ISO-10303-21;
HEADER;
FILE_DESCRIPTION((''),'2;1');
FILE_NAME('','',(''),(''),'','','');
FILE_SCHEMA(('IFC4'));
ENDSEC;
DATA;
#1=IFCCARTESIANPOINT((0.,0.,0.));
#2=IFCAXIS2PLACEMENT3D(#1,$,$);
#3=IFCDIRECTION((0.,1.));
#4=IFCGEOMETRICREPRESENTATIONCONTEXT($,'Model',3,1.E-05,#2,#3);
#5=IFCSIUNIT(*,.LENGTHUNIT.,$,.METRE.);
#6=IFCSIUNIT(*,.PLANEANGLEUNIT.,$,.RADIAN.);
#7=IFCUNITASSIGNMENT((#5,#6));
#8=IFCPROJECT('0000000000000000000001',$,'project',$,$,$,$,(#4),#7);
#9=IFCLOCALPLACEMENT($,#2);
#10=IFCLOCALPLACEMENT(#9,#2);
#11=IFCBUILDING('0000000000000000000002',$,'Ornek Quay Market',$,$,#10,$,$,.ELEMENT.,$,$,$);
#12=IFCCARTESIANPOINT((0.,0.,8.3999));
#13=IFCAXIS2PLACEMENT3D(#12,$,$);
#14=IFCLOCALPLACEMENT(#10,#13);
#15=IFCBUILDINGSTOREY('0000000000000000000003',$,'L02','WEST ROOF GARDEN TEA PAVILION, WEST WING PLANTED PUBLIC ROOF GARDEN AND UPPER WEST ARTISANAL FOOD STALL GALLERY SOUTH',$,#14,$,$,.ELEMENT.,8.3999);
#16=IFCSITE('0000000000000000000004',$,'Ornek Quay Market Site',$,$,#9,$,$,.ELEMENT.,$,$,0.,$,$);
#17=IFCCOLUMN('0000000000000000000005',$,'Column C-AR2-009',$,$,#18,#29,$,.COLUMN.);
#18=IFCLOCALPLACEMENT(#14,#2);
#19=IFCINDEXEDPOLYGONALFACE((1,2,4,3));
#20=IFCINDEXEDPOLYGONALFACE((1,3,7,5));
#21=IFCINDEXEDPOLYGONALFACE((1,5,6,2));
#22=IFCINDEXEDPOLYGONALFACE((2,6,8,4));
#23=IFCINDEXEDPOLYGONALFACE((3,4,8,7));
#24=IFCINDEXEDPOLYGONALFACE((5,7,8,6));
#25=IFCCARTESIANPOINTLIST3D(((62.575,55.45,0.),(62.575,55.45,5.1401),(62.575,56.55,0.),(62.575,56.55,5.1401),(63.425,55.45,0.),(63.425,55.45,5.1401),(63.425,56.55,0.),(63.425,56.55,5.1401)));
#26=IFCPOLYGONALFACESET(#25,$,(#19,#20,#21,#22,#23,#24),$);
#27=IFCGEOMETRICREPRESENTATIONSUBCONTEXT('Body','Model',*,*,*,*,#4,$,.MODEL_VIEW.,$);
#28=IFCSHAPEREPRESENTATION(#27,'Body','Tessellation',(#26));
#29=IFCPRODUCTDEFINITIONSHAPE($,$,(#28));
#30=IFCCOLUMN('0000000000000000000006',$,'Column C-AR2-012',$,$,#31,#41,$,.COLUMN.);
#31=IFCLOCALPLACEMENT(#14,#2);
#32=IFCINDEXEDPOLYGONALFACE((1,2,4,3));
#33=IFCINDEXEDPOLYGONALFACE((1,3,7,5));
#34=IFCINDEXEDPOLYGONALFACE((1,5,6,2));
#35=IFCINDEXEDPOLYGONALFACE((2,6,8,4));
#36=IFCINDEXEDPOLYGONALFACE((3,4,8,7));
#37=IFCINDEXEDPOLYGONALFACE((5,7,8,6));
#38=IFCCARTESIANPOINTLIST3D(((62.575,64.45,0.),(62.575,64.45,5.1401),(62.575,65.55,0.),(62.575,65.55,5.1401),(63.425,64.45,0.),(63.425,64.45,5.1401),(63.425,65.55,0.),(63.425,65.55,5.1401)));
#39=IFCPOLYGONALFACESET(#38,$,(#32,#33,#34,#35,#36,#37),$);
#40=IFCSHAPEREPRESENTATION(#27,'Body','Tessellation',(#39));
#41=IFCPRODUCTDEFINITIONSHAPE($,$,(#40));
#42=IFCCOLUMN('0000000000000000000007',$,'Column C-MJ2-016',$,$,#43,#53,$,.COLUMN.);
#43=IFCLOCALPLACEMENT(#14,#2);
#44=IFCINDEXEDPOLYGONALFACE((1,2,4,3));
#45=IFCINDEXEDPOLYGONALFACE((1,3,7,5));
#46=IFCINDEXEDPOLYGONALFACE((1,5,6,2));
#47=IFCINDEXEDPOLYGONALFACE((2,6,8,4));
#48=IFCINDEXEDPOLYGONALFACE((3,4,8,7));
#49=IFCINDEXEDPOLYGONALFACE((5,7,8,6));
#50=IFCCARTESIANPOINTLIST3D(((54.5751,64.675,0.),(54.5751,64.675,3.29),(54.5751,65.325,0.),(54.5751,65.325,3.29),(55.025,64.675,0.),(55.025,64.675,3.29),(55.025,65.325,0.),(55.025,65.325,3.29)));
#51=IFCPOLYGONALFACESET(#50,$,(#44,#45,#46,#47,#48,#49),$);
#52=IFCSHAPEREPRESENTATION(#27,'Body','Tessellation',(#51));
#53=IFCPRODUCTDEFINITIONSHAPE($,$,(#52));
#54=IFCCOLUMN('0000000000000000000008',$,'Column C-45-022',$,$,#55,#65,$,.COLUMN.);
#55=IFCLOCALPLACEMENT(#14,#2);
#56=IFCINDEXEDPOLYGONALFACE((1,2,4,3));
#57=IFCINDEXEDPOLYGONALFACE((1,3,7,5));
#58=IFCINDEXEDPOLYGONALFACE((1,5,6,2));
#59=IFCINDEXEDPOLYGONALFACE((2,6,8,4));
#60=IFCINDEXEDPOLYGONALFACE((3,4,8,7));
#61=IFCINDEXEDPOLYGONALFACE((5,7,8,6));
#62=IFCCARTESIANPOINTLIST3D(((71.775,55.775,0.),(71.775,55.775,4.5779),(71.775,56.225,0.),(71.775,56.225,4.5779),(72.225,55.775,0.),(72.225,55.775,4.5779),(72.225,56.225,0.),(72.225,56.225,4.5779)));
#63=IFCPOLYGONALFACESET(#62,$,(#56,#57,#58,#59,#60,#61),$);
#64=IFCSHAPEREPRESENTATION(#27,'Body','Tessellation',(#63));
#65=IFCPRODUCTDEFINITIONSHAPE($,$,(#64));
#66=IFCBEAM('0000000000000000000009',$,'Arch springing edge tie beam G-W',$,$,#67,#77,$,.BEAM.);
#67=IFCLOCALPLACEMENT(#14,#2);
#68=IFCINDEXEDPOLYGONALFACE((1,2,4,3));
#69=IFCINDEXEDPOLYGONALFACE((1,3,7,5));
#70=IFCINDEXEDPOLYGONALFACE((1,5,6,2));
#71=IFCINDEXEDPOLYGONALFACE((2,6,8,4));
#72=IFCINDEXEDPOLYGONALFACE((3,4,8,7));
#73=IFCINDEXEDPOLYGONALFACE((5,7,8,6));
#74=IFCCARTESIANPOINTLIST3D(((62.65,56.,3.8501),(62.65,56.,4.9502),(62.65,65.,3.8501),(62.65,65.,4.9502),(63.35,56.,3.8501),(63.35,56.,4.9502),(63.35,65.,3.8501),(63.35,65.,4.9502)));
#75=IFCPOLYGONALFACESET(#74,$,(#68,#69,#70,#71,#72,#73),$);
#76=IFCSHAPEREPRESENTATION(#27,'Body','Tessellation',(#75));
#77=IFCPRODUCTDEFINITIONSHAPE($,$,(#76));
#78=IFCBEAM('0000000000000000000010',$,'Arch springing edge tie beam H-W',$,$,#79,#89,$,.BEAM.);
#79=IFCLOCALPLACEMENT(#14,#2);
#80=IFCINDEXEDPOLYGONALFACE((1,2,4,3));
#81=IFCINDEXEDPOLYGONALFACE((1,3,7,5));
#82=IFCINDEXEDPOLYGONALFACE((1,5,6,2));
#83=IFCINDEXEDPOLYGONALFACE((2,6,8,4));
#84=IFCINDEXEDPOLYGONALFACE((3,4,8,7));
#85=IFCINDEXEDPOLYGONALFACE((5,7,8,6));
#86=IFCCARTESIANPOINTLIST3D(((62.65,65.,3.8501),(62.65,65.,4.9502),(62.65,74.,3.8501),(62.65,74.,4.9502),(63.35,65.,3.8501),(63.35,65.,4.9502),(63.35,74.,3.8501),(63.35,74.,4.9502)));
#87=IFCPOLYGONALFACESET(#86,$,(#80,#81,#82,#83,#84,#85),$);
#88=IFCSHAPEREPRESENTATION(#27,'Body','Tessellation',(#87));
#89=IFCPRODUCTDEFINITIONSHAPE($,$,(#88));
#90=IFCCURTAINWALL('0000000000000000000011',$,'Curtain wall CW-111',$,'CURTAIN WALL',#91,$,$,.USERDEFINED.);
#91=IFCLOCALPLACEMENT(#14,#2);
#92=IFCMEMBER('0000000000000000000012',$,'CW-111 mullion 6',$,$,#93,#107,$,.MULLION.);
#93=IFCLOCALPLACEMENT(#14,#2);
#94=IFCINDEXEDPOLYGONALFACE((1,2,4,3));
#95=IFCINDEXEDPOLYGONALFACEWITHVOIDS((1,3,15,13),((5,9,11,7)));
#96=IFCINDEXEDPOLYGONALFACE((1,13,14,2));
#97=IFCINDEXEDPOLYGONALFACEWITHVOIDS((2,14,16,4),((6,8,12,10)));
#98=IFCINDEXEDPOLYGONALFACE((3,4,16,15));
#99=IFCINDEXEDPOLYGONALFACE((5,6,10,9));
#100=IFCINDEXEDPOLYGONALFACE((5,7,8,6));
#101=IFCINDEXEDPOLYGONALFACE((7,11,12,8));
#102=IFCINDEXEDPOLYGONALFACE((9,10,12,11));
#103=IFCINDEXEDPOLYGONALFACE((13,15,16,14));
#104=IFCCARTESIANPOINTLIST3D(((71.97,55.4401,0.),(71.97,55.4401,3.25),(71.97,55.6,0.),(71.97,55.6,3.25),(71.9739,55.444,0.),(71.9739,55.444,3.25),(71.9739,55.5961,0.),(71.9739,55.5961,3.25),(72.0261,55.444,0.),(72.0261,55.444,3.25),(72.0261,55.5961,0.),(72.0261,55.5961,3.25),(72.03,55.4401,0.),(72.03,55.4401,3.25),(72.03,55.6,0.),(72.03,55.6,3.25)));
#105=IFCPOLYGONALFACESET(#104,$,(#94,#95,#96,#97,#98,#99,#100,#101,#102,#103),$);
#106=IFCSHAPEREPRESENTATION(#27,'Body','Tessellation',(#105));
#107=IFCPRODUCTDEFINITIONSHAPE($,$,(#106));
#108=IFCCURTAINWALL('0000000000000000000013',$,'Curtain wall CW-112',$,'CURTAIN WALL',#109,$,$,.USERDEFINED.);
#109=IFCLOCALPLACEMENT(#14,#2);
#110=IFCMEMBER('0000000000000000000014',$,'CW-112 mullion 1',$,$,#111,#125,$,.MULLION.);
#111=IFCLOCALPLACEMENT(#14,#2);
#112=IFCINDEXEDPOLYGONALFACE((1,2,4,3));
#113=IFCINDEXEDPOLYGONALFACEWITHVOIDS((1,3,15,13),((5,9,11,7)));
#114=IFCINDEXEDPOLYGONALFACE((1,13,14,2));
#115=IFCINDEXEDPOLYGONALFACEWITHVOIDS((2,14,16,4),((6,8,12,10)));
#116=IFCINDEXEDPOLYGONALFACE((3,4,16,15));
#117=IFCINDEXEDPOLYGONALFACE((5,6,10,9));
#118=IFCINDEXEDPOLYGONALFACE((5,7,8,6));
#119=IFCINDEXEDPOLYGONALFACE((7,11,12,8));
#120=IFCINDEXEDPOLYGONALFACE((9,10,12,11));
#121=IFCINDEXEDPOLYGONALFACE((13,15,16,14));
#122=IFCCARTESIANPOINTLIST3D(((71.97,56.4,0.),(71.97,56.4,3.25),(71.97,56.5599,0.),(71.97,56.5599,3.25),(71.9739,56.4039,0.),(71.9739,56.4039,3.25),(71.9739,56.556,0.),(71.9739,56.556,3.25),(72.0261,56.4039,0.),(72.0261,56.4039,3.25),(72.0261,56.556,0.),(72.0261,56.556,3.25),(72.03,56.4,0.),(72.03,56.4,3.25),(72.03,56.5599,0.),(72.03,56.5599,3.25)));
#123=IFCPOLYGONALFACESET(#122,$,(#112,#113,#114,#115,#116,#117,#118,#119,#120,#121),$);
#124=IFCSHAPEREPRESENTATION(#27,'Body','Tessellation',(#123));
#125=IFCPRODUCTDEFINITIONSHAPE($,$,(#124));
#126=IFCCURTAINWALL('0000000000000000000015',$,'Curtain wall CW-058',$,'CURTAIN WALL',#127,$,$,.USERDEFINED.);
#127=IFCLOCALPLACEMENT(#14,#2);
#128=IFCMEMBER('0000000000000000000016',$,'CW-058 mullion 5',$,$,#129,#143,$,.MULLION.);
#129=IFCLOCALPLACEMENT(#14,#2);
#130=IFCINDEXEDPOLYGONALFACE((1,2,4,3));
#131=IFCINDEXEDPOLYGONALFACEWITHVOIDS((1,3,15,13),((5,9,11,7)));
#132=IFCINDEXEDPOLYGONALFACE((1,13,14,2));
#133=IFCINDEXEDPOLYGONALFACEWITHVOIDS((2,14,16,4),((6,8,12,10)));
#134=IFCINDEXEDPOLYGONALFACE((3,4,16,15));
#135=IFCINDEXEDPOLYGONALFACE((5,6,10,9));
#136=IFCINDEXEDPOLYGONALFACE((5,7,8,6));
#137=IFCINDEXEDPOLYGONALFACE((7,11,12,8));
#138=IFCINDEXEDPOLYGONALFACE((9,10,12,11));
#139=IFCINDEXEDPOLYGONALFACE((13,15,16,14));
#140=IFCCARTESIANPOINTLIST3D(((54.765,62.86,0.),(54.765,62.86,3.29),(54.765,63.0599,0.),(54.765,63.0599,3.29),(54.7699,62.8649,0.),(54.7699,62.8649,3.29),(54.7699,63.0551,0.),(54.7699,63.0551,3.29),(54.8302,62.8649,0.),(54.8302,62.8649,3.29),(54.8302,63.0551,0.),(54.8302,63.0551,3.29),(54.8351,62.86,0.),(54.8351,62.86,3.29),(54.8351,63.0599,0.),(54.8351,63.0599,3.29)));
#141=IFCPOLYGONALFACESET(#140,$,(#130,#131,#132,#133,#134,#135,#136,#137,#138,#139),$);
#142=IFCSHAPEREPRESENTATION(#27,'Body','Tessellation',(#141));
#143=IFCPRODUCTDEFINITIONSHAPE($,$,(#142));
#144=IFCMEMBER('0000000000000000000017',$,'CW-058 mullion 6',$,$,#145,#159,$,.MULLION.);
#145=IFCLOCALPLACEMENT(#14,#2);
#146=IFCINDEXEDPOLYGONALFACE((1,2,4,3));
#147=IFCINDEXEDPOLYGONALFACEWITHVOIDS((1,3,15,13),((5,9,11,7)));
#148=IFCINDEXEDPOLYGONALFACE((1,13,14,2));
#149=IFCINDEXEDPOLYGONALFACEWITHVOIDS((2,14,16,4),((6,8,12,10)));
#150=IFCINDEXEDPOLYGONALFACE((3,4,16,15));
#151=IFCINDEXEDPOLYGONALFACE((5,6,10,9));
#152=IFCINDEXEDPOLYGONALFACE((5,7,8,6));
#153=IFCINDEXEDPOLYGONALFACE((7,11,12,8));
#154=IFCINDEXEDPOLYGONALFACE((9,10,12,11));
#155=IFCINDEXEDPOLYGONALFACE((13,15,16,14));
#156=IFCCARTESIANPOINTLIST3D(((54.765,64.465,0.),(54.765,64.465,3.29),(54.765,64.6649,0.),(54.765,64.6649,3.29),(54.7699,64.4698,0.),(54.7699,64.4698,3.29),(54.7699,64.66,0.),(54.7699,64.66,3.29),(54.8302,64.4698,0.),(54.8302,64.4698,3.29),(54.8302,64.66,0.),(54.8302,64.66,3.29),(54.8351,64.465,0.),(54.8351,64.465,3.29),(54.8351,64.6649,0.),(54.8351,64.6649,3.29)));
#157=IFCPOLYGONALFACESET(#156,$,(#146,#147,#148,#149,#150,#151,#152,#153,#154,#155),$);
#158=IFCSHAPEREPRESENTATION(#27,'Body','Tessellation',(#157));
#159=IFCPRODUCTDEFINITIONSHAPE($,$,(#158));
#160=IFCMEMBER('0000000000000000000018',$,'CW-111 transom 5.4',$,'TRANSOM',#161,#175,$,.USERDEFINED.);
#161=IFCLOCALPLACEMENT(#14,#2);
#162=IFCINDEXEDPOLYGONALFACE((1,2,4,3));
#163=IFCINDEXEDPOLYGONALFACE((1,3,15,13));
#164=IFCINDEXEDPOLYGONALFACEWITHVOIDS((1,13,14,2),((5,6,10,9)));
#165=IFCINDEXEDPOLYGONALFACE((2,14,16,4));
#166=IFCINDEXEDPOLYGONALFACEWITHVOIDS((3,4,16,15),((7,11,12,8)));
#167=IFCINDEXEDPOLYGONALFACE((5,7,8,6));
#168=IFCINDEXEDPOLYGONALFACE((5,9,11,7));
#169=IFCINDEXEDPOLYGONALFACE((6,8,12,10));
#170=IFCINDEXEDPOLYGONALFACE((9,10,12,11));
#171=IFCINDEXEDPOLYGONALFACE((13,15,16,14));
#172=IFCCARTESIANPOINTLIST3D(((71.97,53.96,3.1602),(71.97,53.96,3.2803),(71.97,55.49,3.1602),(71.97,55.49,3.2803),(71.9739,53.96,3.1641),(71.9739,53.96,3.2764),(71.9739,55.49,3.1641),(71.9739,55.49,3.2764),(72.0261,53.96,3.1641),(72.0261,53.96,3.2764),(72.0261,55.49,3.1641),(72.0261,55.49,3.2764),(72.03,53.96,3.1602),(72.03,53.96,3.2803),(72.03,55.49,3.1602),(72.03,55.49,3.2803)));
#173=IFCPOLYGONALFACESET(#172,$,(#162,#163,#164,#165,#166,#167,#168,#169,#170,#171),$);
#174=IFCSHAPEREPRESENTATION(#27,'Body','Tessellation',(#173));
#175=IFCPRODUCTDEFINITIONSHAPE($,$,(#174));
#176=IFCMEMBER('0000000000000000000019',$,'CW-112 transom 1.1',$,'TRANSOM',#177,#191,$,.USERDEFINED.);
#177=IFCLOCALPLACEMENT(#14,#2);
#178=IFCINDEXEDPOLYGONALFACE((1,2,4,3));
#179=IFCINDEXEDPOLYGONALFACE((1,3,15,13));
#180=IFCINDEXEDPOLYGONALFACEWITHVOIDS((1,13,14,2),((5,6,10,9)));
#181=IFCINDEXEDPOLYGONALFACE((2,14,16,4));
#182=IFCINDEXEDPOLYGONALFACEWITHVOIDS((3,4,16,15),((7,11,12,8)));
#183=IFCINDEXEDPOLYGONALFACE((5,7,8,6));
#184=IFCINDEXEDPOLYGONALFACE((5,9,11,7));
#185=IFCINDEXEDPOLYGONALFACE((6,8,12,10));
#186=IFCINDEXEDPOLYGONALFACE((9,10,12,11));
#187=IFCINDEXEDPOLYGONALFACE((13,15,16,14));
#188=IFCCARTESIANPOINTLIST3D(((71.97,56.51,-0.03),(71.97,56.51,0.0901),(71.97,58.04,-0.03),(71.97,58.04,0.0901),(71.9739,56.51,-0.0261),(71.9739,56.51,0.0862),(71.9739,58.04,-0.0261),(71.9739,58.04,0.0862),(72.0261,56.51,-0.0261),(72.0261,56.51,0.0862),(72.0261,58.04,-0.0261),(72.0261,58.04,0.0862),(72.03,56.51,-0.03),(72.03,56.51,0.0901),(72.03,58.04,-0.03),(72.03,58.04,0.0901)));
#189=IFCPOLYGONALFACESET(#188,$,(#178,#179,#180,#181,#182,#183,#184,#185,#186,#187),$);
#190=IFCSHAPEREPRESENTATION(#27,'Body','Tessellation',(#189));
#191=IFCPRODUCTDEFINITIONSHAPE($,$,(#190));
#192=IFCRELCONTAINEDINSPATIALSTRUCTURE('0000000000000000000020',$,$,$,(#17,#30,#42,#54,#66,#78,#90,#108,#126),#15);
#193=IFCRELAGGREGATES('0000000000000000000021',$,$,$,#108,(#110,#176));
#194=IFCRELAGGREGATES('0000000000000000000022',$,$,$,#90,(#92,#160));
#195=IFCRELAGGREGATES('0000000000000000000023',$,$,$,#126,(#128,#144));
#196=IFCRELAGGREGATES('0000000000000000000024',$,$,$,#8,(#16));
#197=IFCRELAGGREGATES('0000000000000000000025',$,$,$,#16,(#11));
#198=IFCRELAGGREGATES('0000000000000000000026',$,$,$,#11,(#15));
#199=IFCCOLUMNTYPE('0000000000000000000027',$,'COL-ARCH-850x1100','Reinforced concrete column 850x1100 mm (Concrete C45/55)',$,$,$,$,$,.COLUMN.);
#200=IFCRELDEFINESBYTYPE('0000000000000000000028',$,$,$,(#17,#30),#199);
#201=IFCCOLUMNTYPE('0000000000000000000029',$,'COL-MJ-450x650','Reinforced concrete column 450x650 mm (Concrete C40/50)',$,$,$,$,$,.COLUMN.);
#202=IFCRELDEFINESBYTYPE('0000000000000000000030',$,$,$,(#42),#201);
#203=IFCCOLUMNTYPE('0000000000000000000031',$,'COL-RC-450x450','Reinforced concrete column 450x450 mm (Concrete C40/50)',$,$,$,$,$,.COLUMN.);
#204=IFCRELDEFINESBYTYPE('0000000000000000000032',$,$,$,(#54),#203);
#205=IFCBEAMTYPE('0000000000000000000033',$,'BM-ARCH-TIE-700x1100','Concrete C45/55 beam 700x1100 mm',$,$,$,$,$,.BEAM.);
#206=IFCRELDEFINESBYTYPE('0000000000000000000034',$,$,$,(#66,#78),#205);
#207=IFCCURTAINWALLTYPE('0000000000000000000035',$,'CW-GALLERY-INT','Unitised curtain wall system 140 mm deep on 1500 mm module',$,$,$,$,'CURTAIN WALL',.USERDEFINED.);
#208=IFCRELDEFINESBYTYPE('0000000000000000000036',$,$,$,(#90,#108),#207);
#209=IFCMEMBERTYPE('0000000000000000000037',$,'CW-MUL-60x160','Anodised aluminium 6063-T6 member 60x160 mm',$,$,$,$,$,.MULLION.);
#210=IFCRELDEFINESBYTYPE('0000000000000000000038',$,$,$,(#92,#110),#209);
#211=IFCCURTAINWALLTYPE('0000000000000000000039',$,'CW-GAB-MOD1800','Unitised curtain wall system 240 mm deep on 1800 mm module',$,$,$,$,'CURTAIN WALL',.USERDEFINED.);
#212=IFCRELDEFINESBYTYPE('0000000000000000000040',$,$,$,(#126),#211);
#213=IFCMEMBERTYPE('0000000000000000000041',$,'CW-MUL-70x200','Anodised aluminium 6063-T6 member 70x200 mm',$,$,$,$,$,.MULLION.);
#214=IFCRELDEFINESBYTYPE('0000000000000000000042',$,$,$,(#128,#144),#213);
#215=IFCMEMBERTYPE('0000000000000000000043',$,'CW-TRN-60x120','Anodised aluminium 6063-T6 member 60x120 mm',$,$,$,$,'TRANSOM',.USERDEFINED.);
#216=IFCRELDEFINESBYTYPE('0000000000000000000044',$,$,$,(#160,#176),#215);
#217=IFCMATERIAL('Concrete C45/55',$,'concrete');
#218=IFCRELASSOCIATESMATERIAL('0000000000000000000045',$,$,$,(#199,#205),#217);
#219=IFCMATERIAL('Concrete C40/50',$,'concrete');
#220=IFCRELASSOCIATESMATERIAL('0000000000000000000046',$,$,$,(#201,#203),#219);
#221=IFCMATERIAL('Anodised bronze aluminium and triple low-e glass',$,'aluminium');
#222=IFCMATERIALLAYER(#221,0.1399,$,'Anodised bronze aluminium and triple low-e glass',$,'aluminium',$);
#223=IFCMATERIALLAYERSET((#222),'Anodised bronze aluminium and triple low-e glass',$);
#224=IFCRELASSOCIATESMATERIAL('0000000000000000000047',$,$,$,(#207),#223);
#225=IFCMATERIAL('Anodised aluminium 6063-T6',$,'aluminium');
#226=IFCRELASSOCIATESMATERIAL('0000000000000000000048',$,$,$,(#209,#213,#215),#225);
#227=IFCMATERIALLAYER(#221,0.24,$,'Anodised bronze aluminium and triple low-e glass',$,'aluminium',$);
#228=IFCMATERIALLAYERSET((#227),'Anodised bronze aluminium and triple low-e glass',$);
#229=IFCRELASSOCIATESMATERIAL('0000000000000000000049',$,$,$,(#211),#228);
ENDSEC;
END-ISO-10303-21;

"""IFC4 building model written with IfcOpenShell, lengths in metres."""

from ifc_helpers import new_model, si_unit, direction, frame, origin, origin_2d, place, context, subcontext, project, spatial, rectangle, hollow_rectangle, extrude, material, layer, layer_set, material_profile, profile_set, type_object, element, aggregate, save


model = new_model("IFC4")

# Units and contexts
model_context = context("Model", 3, precision=1e-05, world=origin(), true_north=direction((0.0, 1.0)))
body_context = subcontext(model_context, "Body", "Model", "MODEL_VIEW")
ifc_project = project(units=[si_unit("LENGTHUNIT", "METRE"), si_unit("PLANEANGLEUNIT", "RADIAN")], contexts=[model_context])

# Site, building, storey
site_placement = place(None, origin())
site = spatial("IfcSite", under=ifc_project, at=site_placement, Name="Ornek Quay Market Site", CompositionType="ELEMENT", RefElevation=0.0)
building_placement = place(site_placement, origin())
building = spatial("IfcBuilding", under=site, at=building_placement, Name="Ornek Quay Market", CompositionType="ELEMENT")
storey_placement = place(building_placement, frame((0.0, 0.0, 8.3999)))
storey = spatial("IfcBuildingStorey", under=building, at=storey_placement, Name="L02", Description="WEST ROOF GARDEN TEA PAVILION, WEST WING PLANTED PUBLIC ROOF GARDEN AND UPPER WEST ARTISANAL FOOD STALL GALLERY SOUTH", CompositionType="ELEMENT", Elevation=8.3999)

# Columns
ifc_material_1 = material(Name="Concrete C45/55", Category="concrete")
ifc_material_profile_1 = material_profile(ifc_material_1, rectangle(XDim=0.8501, YDim=1.1001, at=origin_2d()), Name="RC 850x1100", Category="concrete")
ifc_profile_set_1 = profile_set([ifc_material_profile_1], Name="Concrete C45/55")
column_type_1 = type_object("IfcColumnType", Name="COL-ARCH-850x1100", Description="Reinforced concrete column 850x1100 mm (Concrete C45/55)", PredefinedType="COLUMN", material=ifc_profile_set_1)
for number, where, z_axis, x_axis, name in (
    (1, (63.0, 56.0, 0.0), (0.0, 0.0, 1.0), (1.0, 0.0, 0.0), "Column C-AR2-009"),
    (2, (63.0, 65.0, 0.0), (0.0, 0.0, 1.0), (1.0, 0.0, 0.0), "Column C-AR2-012"),
):
    element("IfcColumn", number, at=place(storey_placement, frame(where, z_axis=z_axis, x_axis=x_axis)), inside=storey, type_object=column_type_1, Name=name, PredefinedType="COLUMN", context=body_context, shape_type="SweptSolid", body=[
        extrude(rectangle(XDim=0.8501, YDim=1.1001, at=origin_2d()), origin(), (0.0, 0.0, 1.0), 5.1401),
    ])
ifc_material_2 = material(Name="Concrete C40/50", Category="concrete")
ifc_material_profile_2 = material_profile(ifc_material_2, rectangle(XDim=0.45, YDim=0.6499, at=origin_2d()), Name="RC 450x650", Category="concrete")
ifc_profile_set_2 = profile_set([ifc_material_profile_2], Name="Concrete C40/50")
column_type_2 = type_object("IfcColumnType", Name="COL-MJ-450x650", Description="Reinforced concrete column 450x650 mm (Concrete C40/50)", PredefinedType="COLUMN", material=ifc_profile_set_2)
column_1_placement = place(storey_placement, frame((54.8, 65.0, 0.0), z_axis=(0.0, 0.0, 1.0), x_axis=(1.0, 0.0, 0.0)))
element("IfcColumn", 3, at=column_1_placement, inside=storey, type_object=column_type_2, Name="Column C-MJ2-016", PredefinedType="COLUMN", context=body_context, shape_type="SweptSolid", body=[
    extrude(rectangle(XDim=0.45, YDim=0.6499, at=origin_2d()), origin(), (0.0, 0.0, 1.0), 3.29),
])
ifc_material_profile_3 = material_profile(ifc_material_2, rectangle(XDim=0.45, YDim=0.45, at=origin_2d()), Name="RC 450x450", Category="concrete")
ifc_profile_set_3 = profile_set([ifc_material_profile_3], Name="Concrete C40/50")
column_type_3 = type_object("IfcColumnType", Name="COL-RC-450x450", Description="Reinforced concrete column 450x450 mm (Concrete C40/50)", PredefinedType="COLUMN", material=ifc_profile_set_3)
column_2_placement = place(storey_placement, frame((72.0, 56.0, 0.0), z_axis=(0.0, 0.0, 1.0), x_axis=(1.0, 0.0, 0.0)))
element("IfcColumn", 4, at=column_2_placement, inside=storey, type_object=column_type_3, Name="Column C-45-022", PredefinedType="COLUMN", context=body_context, shape_type="SweptSolid", body=[
    extrude(rectangle(XDim=0.45, YDim=0.45, at=origin_2d()), origin(), (0.0, 0.0, 1.0), 4.5779),
])

# Beams
ifc_material_profile_4 = material_profile(ifc_material_1, rectangle(XDim=0.7, YDim=1.1001, at=origin_2d()), Name="RC 700x1100", Category="concrete")
ifc_profile_set_4 = profile_set([ifc_material_profile_4], Name="Concrete C45/55")
beam_type = type_object("IfcBeamType", Name="BM-ARCH-TIE-700x1100", Description="Concrete C45/55 beam 700x1100 mm", PredefinedType="BEAM", material=ifc_profile_set_4)
for number, where, z_axis, x_axis, name in (
    (5, (63.0, 56.0, 4.4001), (0.0, 1.0, 0.0), (-1.0, 0.0, 0.0), "Arch springing edge tie beam G-W"),
    (6, (63.0, 65.0, 4.4001), (0.0, 1.0, 0.0), (-1.0, 0.0, 0.0), "Arch springing edge tie beam H-W"),
):
    element("IfcBeam", number, at=place(storey_placement, frame(where, z_axis=z_axis, x_axis=x_axis)), inside=storey, type_object=beam_type, Name=name, PredefinedType="BEAM", context=body_context, shape_type="SweptSolid", body=[
        extrude(rectangle(XDim=0.7, YDim=1.1001, at=origin_2d()), origin(), (0.0, 0.0, 1.0), 9.0),
    ])

# Curtain walls, members
ifc_material_3 = material(Name="Anodised bronze aluminium and triple low-e glass", Category="aluminium")
ifc_layer_1 = layer(ifc_material_3, 0.1399, Name="Anodised bronze aluminium and triple low-e glass", Category="aluminium")
ifc_layer_set_1 = layer_set([ifc_layer_1], Name="Anodised bronze aluminium and triple low-e glass")
curtain_wall_type_1 = type_object("IfcCurtainWallType", Name="CW-GALLERY-INT", Description="Unitised curtain wall system 140 mm deep on 1500 mm module", ElementType="CURTAIN WALL", PredefinedType="USERDEFINED", material=ifc_layer_set_1)
curtain_wall_1_placement = place(storey_placement, origin())
curtain_wall_1 = element("IfcCurtainWall", 7, at=curtain_wall_1_placement, inside=storey, type_object=curtain_wall_type_1, Name="Curtain wall CW-111", ObjectType="CURTAIN WALL", PredefinedType="USERDEFINED")
ifc_material_4 = material(Name="Anodised aluminium 6063-T6", Category="aluminium")
ifc_material_profile_5 = material_profile(ifc_material_4, hollow_rectangle(XDim=0.0601, YDim=0.1599, WallThickness=0.0039, at=origin_2d()), Name="CW-MUL-60x160", Category="aluminium")
ifc_profile_set_5 = profile_set([ifc_material_profile_5], Name="Anodised aluminium 6063-T6")
member_type_1 = type_object("IfcMemberType", Name="CW-MUL-60x160", Description="Anodised aluminium 6063-T6 member 60x160 mm", PredefinedType="MULLION", material=ifc_profile_set_5)
member_1_placement = place(storey_placement, frame((72.0, 55.52, 0.0), z_axis=(0.0, 0.0, 1.0), x_axis=(-1.0, 0.0, 0.0)))
member_1 = element("IfcMember", 8, at=member_1_placement, type_object=member_type_1, Name="CW-111 mullion 6", PredefinedType="MULLION", context=body_context, shape_type="SweptSolid", body=[
    extrude(hollow_rectangle(XDim=0.0601, YDim=0.1599, WallThickness=0.0039, at=origin_2d()), origin(), (0.0, 0.0, 1.0), 3.25),
])
curtain_wall_2_placement = place(storey_placement, origin())
curtain_wall_2 = element("IfcCurtainWall", 9, at=curtain_wall_2_placement, inside=storey, type_object=curtain_wall_type_1, Name="Curtain wall CW-112", ObjectType="CURTAIN WALL", PredefinedType="USERDEFINED")
member_2_placement = place(storey_placement, frame((72.0, 56.48, 0.0), z_axis=(0.0, 0.0, 1.0), x_axis=(-1.0, 0.0, 0.0)))
member_2 = element("IfcMember", 10, at=member_2_placement, type_object=member_type_1, Name="CW-112 mullion 1", PredefinedType="MULLION", context=body_context, shape_type="SweptSolid", body=[
    extrude(hollow_rectangle(XDim=0.0601, YDim=0.1599, WallThickness=0.0039, at=origin_2d()), origin(), (0.0, 0.0, 1.0), 3.25),
])

# Curtain wall, members
ifc_layer_2 = layer(ifc_material_3, 0.24, Name="Anodised bronze aluminium and triple low-e glass", Category="aluminium")
ifc_layer_set_2 = layer_set([ifc_layer_2], Name="Anodised bronze aluminium and triple low-e glass")
curtain_wall_type_2 = type_object("IfcCurtainWallType", Name="CW-GAB-MOD1800", Description="Unitised curtain wall system 240 mm deep on 1800 mm module", ElementType="CURTAIN WALL", PredefinedType="USERDEFINED", material=ifc_layer_set_2)
curtain_wall_3_placement = place(storey_placement, origin())
curtain_wall_3 = element("IfcCurtainWall", 11, at=curtain_wall_3_placement, inside=storey, type_object=curtain_wall_type_2, Name="Curtain wall CW-058", ObjectType="CURTAIN WALL", PredefinedType="USERDEFINED")
ifc_material_profile_6 = material_profile(ifc_material_4, hollow_rectangle(XDim=0.0701, YDim=0.2, WallThickness=0.0049, at=origin_2d()), Name="CW-MUL-70x200", Category="aluminium")
ifc_profile_set_6 = profile_set([ifc_material_profile_6], Name="Anodised aluminium 6063-T6")
member_type_2 = type_object("IfcMemberType", Name="CW-MUL-70x200", Description="Anodised aluminium 6063-T6 member 70x200 mm", PredefinedType="MULLION", material=ifc_profile_set_6)
member_3_placement = place(storey_placement, frame((54.8, 62.96, 0.0), z_axis=(0.0, 0.0, 1.0), x_axis=(-1.0, 0.0, 0.0)))
member_3 = element("IfcMember", 12, at=member_3_placement, type_object=member_type_2, Name="CW-058 mullion 5", PredefinedType="MULLION", context=body_context, shape_type="SweptSolid", body=[
    extrude(hollow_rectangle(XDim=0.0701, YDim=0.2, WallThickness=0.0049, at=origin_2d()), origin(), (0.0, 0.0, 1.0), 3.29),
])
member_4_placement = place(storey_placement, frame((54.8, 64.5649, 0.0), z_axis=(0.0, 0.0, 1.0), x_axis=(-1.0, 0.0, 0.0)))
member_4 = element("IfcMember", 13, at=member_4_placement, type_object=member_type_2, Name="CW-058 mullion 6", PredefinedType="MULLION", context=body_context, shape_type="SweptSolid", body=[
    extrude(hollow_rectangle(XDim=0.0701, YDim=0.2, WallThickness=0.0049, at=origin_2d()), origin(), (0.0, 0.0, 1.0), 3.29),
])

# Members
ifc_material_profile_7 = material_profile(ifc_material_4, hollow_rectangle(XDim=0.0601, YDim=0.1201, WallThickness=0.0039, at=origin_2d()), Name="CW-TRN-60x120", Category="aluminium")
ifc_profile_set_7 = profile_set([ifc_material_profile_7], Name="Anodised aluminium 6063-T6")
member_type_3 = type_object("IfcMemberType", Name="CW-TRN-60x120", Description="Anodised aluminium 6063-T6 member 60x120 mm", ElementType="TRANSOM", PredefinedType="USERDEFINED", material=ifc_profile_set_7)
member_5_placement = place(storey_placement, frame((72.0, 53.96, 3.2202), z_axis=(0.0, 1.0, 0.0), x_axis=(-1.0, 0.0, 0.0)))
member_5 = element("IfcMember", 14, at=member_5_placement, type_object=member_type_3, Name="CW-111 transom 5.4", ObjectType="TRANSOM", PredefinedType="USERDEFINED", context=body_context, shape_type="SweptSolid", body=[
    extrude(hollow_rectangle(XDim=0.0601, YDim=0.1201, WallThickness=0.0039, at=origin_2d()), origin(), (0.0, 0.0, 1.0), 1.53),
])
member_6_placement = place(storey_placement, frame((72.0, 56.51, 0.03), z_axis=(0.0, 1.0, 0.0), x_axis=(-1.0, 0.0, 0.0)))
member_6 = element("IfcMember", 15, at=member_6_placement, type_object=member_type_3, Name="CW-112 transom 1.1", ObjectType="TRANSOM", PredefinedType="USERDEFINED", context=body_context, shape_type="SweptSolid", body=[
    extrude(hollow_rectangle(XDim=0.0601, YDim=0.1201, WallThickness=0.0039, at=origin_2d()), origin(), (0.0, 0.0, 1.0), 1.53),
])
aggregate(curtain_wall_2, [member_2, member_6])

aggregate(curtain_wall_1, [member_1, member_5])
aggregate(curtain_wall_3, [member_3, member_4])

save(model, "model.ifc")
